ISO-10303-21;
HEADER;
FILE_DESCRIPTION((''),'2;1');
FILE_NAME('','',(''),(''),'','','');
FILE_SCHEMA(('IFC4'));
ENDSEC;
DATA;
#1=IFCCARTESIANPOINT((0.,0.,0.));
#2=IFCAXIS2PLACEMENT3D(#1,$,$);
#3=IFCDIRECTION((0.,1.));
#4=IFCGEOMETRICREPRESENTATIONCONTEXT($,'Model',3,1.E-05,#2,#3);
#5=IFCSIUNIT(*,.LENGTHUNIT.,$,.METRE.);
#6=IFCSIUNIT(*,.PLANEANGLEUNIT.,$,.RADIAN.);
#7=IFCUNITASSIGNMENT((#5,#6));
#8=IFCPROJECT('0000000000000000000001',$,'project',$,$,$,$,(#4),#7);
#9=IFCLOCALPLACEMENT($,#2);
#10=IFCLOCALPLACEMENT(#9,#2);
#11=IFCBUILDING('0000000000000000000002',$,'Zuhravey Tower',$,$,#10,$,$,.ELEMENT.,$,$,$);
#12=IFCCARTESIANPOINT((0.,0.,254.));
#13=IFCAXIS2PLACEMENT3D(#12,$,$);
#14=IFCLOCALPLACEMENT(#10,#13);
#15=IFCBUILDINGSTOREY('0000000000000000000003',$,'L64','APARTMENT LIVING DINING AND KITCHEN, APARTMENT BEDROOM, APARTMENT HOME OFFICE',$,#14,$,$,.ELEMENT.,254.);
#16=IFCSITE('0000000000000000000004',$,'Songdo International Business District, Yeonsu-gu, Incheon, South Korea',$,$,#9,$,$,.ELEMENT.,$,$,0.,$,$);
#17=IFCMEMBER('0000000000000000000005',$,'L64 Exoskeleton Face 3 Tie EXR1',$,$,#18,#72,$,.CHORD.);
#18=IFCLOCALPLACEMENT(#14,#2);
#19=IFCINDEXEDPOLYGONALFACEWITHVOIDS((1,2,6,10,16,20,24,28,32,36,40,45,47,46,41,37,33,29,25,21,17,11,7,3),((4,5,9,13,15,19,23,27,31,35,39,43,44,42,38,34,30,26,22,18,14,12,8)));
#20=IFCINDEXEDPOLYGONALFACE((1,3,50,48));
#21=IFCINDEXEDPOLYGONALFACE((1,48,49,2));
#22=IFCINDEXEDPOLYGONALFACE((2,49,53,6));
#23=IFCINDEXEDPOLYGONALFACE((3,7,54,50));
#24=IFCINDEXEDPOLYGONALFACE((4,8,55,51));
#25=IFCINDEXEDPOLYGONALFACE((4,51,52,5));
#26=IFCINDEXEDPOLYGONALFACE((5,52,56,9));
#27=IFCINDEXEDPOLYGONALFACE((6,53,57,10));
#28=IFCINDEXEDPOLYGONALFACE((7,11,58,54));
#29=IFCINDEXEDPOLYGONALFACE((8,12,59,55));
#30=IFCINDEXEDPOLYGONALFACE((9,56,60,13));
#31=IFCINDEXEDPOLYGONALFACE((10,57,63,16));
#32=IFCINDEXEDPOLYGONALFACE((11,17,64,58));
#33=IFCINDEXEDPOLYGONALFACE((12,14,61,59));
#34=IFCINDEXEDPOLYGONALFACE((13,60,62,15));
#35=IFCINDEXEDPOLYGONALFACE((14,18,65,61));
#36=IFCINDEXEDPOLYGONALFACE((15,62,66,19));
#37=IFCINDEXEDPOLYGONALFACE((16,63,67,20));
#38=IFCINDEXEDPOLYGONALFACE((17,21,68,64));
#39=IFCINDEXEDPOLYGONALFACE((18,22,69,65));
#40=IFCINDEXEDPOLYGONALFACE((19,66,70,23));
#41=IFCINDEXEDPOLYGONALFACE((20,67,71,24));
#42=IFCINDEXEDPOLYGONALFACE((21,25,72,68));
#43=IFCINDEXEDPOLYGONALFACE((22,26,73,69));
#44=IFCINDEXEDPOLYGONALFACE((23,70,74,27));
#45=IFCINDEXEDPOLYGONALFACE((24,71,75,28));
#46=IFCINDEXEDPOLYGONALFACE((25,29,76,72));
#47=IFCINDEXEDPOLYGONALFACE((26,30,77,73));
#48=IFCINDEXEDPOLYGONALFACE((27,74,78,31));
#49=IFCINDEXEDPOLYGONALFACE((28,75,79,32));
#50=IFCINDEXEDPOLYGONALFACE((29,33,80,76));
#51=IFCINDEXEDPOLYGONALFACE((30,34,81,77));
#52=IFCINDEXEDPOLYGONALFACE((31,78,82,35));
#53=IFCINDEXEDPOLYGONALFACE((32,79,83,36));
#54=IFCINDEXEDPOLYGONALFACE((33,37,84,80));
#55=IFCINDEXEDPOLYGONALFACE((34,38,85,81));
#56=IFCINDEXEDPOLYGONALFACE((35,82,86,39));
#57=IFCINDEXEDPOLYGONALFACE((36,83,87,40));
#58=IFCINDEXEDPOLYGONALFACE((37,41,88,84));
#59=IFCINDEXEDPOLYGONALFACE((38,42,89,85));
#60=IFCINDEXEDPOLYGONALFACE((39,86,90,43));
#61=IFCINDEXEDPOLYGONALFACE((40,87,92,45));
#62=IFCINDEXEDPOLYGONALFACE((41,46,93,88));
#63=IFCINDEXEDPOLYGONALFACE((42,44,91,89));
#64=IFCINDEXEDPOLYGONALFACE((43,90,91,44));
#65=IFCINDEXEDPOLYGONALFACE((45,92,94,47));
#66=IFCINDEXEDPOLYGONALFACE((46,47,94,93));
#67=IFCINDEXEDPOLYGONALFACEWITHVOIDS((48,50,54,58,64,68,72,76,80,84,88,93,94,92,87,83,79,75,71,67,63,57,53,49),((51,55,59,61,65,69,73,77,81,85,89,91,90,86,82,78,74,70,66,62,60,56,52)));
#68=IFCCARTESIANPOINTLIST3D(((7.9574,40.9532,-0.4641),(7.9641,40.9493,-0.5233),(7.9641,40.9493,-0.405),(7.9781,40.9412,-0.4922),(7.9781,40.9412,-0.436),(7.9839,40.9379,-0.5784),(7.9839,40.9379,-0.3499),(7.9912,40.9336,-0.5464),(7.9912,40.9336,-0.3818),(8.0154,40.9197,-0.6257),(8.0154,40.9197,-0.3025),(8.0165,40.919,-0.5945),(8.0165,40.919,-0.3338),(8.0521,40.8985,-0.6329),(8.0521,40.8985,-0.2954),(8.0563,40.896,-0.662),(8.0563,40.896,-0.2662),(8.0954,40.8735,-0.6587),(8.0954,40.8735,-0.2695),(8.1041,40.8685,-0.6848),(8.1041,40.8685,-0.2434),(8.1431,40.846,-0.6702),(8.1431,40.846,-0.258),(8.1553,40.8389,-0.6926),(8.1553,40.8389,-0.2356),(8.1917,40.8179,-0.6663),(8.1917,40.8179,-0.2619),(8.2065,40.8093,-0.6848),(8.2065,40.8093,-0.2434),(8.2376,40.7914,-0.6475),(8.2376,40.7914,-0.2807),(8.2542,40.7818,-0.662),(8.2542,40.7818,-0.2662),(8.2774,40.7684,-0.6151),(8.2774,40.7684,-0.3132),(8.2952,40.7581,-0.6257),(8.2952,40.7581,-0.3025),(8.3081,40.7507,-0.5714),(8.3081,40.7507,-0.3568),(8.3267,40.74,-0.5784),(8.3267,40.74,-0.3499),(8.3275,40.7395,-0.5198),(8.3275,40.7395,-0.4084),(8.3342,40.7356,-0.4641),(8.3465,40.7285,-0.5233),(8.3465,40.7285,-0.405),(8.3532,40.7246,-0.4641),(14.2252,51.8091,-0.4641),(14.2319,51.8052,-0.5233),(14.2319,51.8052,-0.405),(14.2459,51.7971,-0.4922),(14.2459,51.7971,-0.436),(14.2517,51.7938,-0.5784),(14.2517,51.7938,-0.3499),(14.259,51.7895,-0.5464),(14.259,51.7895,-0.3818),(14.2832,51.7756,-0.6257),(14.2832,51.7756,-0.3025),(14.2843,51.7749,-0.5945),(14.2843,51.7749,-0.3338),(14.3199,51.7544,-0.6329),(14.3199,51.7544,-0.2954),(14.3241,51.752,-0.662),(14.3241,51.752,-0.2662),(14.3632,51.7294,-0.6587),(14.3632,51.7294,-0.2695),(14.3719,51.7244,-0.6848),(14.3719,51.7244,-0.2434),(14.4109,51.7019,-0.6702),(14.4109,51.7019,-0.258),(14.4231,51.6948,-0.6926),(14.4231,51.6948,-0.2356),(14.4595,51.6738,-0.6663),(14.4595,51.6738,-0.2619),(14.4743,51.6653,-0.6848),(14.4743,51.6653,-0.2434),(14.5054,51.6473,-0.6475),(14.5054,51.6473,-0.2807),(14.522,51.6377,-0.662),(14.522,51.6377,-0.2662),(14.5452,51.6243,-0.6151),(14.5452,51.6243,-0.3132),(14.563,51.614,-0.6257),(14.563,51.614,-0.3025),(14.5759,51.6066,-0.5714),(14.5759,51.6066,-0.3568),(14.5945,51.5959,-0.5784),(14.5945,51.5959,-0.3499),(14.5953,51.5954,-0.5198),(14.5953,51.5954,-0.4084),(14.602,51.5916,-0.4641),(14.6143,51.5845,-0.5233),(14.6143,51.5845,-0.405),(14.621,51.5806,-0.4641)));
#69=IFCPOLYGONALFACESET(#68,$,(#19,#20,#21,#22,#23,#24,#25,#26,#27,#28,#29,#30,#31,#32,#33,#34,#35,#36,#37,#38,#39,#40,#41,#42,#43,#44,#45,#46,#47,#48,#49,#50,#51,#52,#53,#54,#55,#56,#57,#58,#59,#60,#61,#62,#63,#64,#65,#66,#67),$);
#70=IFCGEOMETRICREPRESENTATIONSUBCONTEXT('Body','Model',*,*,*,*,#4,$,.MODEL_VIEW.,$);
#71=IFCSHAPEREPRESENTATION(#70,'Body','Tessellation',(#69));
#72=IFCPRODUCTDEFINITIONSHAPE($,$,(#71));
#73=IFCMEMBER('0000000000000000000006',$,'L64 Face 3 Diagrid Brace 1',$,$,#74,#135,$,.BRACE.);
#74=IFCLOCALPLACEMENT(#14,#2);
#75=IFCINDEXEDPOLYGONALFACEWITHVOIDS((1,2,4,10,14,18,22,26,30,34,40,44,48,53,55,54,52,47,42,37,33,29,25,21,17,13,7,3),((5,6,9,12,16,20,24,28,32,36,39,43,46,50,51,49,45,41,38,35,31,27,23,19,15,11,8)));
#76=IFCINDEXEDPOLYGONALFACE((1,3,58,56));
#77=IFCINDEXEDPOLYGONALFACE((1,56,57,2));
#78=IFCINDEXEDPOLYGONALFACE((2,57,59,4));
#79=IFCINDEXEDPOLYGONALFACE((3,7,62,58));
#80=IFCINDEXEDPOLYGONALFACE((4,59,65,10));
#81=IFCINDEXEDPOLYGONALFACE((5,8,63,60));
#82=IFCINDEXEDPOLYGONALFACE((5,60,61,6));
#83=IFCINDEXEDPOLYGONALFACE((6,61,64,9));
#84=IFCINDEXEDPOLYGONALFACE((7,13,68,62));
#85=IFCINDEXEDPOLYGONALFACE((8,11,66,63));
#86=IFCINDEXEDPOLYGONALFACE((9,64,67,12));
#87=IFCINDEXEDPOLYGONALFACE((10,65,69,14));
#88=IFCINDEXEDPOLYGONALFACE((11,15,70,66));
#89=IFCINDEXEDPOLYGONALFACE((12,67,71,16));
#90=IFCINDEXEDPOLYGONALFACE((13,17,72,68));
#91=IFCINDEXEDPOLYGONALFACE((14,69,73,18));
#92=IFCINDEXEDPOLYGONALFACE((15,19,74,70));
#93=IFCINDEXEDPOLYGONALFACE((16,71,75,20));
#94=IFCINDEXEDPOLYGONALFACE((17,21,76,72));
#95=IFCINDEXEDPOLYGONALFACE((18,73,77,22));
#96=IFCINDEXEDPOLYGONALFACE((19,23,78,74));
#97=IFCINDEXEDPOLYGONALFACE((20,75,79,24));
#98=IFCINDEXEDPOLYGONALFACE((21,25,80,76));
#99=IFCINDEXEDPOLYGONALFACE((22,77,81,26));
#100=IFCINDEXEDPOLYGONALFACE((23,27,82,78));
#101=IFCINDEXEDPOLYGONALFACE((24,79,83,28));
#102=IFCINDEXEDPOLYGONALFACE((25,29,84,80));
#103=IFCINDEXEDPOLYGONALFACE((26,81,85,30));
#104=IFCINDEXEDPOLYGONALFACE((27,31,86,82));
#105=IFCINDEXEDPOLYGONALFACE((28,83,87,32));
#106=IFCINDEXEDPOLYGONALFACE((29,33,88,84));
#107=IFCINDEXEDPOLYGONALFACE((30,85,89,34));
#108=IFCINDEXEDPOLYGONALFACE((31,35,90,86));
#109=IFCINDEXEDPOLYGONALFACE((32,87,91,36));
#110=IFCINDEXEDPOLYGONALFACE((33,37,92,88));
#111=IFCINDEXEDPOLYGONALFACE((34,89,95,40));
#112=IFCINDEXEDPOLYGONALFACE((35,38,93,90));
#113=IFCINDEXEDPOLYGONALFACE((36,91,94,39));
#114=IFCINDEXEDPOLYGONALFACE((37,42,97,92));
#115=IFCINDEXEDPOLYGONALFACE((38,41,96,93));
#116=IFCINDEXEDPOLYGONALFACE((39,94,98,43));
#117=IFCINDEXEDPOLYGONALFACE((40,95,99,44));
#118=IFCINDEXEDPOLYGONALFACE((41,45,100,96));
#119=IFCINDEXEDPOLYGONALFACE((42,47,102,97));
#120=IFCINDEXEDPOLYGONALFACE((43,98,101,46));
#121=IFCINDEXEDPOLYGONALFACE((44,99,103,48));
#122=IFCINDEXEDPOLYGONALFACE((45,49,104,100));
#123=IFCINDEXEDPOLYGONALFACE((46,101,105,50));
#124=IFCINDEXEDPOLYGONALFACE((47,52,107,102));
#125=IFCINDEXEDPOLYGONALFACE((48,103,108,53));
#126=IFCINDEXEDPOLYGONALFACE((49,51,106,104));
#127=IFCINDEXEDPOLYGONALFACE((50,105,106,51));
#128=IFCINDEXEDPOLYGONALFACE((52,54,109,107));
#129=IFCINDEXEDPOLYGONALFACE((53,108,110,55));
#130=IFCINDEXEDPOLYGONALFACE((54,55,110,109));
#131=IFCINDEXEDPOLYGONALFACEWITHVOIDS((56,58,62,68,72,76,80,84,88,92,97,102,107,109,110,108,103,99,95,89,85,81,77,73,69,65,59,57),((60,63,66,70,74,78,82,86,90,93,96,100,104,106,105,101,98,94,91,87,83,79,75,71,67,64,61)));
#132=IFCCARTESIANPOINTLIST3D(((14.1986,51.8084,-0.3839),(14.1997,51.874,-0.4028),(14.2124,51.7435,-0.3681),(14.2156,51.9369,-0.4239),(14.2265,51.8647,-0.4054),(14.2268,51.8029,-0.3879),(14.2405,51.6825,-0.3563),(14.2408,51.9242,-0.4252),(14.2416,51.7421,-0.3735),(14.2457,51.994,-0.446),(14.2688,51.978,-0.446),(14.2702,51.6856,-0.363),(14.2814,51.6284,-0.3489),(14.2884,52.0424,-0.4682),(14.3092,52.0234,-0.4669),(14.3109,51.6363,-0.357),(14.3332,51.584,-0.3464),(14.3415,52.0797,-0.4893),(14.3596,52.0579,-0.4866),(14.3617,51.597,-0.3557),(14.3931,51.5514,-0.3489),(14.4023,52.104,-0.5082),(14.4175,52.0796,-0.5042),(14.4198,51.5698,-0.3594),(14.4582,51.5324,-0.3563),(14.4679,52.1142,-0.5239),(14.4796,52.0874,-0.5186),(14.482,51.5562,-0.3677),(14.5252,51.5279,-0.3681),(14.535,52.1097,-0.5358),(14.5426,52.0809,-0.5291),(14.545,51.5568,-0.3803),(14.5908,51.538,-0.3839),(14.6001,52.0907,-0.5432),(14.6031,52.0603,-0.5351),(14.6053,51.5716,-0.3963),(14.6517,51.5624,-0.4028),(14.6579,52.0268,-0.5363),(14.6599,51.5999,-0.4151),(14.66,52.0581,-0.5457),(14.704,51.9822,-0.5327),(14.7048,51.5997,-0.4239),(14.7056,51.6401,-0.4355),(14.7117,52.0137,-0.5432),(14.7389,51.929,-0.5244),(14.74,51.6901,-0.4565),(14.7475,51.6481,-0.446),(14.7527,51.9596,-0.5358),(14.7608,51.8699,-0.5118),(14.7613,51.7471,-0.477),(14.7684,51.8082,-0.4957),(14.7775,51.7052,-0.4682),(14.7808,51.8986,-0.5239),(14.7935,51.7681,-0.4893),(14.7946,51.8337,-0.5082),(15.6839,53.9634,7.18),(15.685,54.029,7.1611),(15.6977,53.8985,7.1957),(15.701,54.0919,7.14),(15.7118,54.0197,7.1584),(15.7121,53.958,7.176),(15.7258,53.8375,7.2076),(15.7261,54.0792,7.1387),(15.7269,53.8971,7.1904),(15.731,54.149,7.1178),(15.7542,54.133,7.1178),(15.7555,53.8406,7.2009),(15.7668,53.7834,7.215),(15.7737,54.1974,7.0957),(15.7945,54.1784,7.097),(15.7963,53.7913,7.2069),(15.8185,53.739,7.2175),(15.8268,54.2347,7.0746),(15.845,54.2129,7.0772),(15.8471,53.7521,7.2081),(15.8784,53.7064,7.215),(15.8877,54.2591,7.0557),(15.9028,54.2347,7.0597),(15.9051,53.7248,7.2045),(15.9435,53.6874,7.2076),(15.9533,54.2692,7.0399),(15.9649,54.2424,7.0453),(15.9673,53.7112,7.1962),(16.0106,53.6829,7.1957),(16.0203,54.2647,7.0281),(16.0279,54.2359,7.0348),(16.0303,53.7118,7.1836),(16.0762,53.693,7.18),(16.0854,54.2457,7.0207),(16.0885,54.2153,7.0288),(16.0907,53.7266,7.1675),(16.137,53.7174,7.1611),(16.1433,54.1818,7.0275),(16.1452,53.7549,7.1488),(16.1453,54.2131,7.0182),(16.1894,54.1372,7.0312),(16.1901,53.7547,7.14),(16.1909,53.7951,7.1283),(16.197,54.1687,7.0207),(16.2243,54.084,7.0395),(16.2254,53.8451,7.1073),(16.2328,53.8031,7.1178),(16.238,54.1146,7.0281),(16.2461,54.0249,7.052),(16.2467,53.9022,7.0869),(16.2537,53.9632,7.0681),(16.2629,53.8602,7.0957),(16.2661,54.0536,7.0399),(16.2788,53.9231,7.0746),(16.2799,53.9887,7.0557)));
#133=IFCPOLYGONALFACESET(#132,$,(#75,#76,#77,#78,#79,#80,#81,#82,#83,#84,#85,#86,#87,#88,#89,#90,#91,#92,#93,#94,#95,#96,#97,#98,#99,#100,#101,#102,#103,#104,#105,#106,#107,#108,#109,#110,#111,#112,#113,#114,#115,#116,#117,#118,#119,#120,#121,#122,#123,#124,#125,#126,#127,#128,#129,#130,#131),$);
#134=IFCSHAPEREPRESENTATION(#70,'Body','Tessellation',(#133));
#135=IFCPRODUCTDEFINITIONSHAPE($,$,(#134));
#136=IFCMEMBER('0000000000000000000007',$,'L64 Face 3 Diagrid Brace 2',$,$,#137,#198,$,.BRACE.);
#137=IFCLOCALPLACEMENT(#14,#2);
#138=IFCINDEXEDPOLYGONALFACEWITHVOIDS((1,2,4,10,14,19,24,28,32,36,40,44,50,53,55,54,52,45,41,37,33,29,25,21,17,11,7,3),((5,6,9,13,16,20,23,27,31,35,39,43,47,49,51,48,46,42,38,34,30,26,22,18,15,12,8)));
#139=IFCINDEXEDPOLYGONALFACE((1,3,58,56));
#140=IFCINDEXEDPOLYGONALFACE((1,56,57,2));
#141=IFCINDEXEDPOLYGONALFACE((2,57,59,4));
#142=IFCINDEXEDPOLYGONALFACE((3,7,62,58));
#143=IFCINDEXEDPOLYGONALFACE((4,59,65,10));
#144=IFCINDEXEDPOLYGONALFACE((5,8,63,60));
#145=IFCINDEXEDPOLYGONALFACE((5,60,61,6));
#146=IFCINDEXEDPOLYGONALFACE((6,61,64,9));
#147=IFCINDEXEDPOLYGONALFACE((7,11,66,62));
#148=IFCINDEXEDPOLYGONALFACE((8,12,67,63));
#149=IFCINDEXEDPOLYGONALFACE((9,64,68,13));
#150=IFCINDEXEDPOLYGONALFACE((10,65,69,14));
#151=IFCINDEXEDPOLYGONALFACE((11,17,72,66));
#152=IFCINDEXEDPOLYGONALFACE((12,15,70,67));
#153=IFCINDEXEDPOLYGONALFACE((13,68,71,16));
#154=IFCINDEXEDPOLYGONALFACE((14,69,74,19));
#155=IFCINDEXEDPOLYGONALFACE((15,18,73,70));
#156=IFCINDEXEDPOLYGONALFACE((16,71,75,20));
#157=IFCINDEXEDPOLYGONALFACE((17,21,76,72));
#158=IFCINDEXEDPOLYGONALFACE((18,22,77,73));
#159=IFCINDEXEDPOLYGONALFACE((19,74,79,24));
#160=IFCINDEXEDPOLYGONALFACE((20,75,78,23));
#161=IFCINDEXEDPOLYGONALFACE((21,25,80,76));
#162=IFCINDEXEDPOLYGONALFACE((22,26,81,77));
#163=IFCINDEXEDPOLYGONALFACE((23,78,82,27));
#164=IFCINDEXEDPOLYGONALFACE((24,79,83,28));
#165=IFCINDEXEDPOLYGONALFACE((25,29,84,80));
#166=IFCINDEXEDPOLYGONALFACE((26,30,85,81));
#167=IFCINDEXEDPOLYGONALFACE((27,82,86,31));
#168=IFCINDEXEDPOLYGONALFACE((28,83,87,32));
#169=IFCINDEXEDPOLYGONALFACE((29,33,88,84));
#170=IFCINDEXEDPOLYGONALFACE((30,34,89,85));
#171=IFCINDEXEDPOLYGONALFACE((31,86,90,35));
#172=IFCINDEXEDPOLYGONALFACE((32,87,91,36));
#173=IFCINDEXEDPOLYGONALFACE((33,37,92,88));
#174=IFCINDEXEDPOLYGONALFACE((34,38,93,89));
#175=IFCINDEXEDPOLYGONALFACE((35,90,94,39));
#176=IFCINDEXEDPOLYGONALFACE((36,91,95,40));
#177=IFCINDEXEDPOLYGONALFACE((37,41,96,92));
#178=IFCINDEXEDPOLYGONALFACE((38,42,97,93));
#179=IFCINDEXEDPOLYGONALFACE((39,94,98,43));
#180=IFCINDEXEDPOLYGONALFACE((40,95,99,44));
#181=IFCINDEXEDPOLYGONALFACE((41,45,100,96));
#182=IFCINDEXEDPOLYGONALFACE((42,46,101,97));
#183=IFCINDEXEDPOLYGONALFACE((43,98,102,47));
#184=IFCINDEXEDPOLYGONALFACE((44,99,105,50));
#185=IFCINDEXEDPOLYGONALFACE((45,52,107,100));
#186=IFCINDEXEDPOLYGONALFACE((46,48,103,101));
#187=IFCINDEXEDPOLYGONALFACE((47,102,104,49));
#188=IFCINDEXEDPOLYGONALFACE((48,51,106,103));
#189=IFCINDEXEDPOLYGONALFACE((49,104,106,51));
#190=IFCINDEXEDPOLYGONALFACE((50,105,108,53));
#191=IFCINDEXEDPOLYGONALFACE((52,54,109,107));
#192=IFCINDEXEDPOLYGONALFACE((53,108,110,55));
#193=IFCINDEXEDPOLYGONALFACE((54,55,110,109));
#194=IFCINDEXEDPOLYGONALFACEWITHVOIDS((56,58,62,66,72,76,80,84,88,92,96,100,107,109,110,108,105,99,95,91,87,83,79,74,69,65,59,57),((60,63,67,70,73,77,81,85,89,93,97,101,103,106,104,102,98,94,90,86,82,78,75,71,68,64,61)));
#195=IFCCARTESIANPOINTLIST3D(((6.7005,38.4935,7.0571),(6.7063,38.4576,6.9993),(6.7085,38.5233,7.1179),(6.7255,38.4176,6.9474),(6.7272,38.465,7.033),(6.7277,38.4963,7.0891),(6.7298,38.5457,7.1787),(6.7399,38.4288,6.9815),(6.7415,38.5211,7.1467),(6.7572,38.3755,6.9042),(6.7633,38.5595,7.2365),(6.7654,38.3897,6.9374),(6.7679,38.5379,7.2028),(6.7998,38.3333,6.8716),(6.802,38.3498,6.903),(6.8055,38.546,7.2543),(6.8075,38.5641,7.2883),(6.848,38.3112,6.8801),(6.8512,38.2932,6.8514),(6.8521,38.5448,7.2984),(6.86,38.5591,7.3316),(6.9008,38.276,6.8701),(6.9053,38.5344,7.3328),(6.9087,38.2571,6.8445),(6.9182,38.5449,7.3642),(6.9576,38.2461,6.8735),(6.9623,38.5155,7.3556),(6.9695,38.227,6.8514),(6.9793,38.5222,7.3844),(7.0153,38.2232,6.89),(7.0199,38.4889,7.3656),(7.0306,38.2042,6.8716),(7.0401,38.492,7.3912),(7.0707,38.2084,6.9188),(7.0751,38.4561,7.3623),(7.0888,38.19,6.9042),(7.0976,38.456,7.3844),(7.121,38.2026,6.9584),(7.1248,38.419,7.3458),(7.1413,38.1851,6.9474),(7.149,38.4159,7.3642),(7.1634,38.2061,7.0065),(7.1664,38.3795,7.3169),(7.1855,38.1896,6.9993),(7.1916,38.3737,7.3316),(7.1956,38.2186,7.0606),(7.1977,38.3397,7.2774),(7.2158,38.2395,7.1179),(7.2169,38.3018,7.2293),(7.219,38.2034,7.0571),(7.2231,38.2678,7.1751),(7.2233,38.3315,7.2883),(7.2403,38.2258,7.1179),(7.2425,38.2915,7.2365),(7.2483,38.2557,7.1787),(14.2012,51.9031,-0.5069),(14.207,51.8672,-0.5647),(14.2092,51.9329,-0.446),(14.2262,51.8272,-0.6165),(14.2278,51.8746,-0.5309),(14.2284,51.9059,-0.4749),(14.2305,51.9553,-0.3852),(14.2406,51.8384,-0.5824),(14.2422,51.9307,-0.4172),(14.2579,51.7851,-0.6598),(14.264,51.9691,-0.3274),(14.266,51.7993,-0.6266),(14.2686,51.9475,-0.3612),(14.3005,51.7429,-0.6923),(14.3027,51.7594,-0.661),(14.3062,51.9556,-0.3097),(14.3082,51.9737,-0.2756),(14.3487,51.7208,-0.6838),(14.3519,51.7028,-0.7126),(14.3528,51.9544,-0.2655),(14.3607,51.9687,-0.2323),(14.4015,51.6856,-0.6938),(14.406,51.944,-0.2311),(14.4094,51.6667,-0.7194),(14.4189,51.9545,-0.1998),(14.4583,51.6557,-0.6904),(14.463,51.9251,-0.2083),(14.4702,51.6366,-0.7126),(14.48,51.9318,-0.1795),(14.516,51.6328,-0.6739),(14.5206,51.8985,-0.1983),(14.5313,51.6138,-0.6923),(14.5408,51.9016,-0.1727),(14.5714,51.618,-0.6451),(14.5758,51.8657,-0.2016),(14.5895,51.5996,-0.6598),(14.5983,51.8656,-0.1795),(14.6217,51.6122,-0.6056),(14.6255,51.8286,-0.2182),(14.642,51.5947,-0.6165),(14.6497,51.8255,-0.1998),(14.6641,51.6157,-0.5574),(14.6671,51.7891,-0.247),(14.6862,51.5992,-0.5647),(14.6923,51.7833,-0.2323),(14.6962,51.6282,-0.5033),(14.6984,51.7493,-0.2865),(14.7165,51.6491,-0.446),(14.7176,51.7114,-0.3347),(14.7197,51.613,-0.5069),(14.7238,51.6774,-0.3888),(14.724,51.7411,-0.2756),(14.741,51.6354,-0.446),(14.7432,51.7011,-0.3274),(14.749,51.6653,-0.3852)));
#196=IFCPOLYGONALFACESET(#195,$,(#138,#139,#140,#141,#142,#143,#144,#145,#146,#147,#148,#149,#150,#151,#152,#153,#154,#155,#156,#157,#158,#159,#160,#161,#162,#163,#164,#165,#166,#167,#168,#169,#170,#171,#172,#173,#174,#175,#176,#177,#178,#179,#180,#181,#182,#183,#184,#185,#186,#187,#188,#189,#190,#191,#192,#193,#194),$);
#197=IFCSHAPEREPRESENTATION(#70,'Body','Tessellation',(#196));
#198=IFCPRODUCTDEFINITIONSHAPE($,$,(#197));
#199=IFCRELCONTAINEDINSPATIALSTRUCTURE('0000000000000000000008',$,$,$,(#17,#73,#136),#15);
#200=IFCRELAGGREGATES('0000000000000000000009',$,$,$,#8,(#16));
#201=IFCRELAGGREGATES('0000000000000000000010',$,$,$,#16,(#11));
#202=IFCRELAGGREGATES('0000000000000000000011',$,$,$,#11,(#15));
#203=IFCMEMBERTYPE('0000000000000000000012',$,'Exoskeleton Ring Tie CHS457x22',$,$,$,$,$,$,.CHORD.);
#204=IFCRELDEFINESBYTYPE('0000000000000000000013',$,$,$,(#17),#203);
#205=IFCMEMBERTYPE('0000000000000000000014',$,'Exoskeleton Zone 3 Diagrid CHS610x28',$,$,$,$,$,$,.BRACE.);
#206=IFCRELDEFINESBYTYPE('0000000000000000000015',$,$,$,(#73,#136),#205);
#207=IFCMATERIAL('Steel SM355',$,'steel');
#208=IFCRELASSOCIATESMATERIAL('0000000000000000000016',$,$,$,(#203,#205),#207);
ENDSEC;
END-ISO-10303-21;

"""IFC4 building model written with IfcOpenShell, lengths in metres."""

from ifc_helpers import new_model, si_unit, direction, frame, origin, origin_2d, place, context, subcontext, project, spatial, hollow_circle, extrude, material, material_profile, profile_set, type_object, element, save


model = new_model("IFC4")

# Units and contexts
model_context = context("Model", 3, precision=1e-05, world=origin(), true_north=direction((0.0, 1.0)))
body_context = subcontext(model_context, "Body", "Model", "MODEL_VIEW")
ifc_project = project(units=[si_unit("LENGTHUNIT", "METRE"), si_unit("PLANEANGLEUNIT", "RADIAN")], contexts=[model_context])

# Site, building, storey
site_placement = place(None, origin())
site = spatial("IfcSite", under=ifc_project, at=site_placement, Name="Songdo International Business District, Yeonsu-gu, Incheon, South Korea", CompositionType="ELEMENT", RefElevation=0.0)
building_placement = place(site_placement, origin())
building = spatial("IfcBuilding", under=site, at=building_placement, Name="Zuhravey Tower", CompositionType="ELEMENT")
storey_placement = place(building_placement, frame((0.0, 0.0, 254.0)))
storey = spatial("IfcBuildingStorey", under=building, at=storey_placement, Name="L64", Description="APARTMENT LIVING DINING AND KITCHEN, APARTMENT BEDROOM, APARTMENT HOME OFFICE", CompositionType="ELEMENT", Elevation=254.0)

# Members
ifc_material_1 = material(Name="Steel SM355", Category="steel")
ifc_material_profile_1 = material_profile(ifc_material_1, hollow_circle(Radius=0.2285, WallThickness=0.022, at=origin_2d()), Name="CHS-457.2x22")
ifc_profile_set_1 = profile_set([ifc_material_profile_1], Name="Steel SM355")
member_type_1 = type_object("IfcMemberType", Name="Exoskeleton Ring Tie CHS457x22", PredefinedType="CHORD", material=ifc_profile_set_1)
member_1_placement = place(storey_placement, frame((14.4231, 51.6948, -0.4641), z_axis=(-0.500008, -0.866021, 0.0), x_axis=(0.866021, -0.500008, 0.0)))
element("IfcMember", 1, at=member_1_placement, inside=storey, type_object=member_type_1, Name="L64 Exoskeleton Face 3 Tie EXR1", PredefinedType="CHORD", context=body_context, shape_type="SweptSolid", body=[
    extrude(hollow_circle(Radius=0.2285, WallThickness=0.022, at=origin_2d()), origin(), (0.0, 0.0, 1.0), 12.5354),
])
ifc_material_profile_2 = material_profile(ifc_material_1, hollow_circle(Radius=0.3047, WallThickness=0.0281, at=origin_2d()), Name="CHS-609.6x28")
ifc_profile_set_2 = profile_set([ifc_material_profile_2], Name="Steel SM355")
member_type_2 = type_object("IfcMemberType", Name="Exoskeleton Zone 3 Diagrid CHS610x28", PredefinedType="BRACE", material=ifc_profile_set_2)
member_2_placement = place(storey_placement, frame((14.4966, 51.821, -0.446), z_axis=(0.185576, 0.269244, 0.945023), x_axis=(-0.823369, 0.567506, 0.0)))
element("IfcMember", 2, at=member_2_placement, inside=storey, type_object=member_type_2, Name="L64 Face 3 Diagrid Brace 1", PredefinedType="BRACE", context=body_context, shape_type="SweptSolid", body=[
    extrude(hollow_circle(Radius=0.3047, WallThickness=0.0281, at=origin_2d()), origin(), (0.0, 0.0, 1.0), 8.0039),
])
member_3_placement = place(storey_placement, frame((14.4751, 51.7842, -0.446), z_axis=(-0.437978, -0.783009, 0.44167), x_axis=(0.872747, -0.488173, 0.0)))
element("IfcMember", 3, at=member_3_placement, inside=storey, type_object=member_type_2, Name="L64 Face 3 Diagrid Brace 2", PredefinedType="BRACE", context=body_context, shape_type="SweptSolid", body=[
    extrude(hollow_circle(Radius=0.3047, WallThickness=0.0281, at=origin_2d()), origin(), (0.0, 0.0, 1.0), 17.1257),
])

save(model, "model.ifc")
